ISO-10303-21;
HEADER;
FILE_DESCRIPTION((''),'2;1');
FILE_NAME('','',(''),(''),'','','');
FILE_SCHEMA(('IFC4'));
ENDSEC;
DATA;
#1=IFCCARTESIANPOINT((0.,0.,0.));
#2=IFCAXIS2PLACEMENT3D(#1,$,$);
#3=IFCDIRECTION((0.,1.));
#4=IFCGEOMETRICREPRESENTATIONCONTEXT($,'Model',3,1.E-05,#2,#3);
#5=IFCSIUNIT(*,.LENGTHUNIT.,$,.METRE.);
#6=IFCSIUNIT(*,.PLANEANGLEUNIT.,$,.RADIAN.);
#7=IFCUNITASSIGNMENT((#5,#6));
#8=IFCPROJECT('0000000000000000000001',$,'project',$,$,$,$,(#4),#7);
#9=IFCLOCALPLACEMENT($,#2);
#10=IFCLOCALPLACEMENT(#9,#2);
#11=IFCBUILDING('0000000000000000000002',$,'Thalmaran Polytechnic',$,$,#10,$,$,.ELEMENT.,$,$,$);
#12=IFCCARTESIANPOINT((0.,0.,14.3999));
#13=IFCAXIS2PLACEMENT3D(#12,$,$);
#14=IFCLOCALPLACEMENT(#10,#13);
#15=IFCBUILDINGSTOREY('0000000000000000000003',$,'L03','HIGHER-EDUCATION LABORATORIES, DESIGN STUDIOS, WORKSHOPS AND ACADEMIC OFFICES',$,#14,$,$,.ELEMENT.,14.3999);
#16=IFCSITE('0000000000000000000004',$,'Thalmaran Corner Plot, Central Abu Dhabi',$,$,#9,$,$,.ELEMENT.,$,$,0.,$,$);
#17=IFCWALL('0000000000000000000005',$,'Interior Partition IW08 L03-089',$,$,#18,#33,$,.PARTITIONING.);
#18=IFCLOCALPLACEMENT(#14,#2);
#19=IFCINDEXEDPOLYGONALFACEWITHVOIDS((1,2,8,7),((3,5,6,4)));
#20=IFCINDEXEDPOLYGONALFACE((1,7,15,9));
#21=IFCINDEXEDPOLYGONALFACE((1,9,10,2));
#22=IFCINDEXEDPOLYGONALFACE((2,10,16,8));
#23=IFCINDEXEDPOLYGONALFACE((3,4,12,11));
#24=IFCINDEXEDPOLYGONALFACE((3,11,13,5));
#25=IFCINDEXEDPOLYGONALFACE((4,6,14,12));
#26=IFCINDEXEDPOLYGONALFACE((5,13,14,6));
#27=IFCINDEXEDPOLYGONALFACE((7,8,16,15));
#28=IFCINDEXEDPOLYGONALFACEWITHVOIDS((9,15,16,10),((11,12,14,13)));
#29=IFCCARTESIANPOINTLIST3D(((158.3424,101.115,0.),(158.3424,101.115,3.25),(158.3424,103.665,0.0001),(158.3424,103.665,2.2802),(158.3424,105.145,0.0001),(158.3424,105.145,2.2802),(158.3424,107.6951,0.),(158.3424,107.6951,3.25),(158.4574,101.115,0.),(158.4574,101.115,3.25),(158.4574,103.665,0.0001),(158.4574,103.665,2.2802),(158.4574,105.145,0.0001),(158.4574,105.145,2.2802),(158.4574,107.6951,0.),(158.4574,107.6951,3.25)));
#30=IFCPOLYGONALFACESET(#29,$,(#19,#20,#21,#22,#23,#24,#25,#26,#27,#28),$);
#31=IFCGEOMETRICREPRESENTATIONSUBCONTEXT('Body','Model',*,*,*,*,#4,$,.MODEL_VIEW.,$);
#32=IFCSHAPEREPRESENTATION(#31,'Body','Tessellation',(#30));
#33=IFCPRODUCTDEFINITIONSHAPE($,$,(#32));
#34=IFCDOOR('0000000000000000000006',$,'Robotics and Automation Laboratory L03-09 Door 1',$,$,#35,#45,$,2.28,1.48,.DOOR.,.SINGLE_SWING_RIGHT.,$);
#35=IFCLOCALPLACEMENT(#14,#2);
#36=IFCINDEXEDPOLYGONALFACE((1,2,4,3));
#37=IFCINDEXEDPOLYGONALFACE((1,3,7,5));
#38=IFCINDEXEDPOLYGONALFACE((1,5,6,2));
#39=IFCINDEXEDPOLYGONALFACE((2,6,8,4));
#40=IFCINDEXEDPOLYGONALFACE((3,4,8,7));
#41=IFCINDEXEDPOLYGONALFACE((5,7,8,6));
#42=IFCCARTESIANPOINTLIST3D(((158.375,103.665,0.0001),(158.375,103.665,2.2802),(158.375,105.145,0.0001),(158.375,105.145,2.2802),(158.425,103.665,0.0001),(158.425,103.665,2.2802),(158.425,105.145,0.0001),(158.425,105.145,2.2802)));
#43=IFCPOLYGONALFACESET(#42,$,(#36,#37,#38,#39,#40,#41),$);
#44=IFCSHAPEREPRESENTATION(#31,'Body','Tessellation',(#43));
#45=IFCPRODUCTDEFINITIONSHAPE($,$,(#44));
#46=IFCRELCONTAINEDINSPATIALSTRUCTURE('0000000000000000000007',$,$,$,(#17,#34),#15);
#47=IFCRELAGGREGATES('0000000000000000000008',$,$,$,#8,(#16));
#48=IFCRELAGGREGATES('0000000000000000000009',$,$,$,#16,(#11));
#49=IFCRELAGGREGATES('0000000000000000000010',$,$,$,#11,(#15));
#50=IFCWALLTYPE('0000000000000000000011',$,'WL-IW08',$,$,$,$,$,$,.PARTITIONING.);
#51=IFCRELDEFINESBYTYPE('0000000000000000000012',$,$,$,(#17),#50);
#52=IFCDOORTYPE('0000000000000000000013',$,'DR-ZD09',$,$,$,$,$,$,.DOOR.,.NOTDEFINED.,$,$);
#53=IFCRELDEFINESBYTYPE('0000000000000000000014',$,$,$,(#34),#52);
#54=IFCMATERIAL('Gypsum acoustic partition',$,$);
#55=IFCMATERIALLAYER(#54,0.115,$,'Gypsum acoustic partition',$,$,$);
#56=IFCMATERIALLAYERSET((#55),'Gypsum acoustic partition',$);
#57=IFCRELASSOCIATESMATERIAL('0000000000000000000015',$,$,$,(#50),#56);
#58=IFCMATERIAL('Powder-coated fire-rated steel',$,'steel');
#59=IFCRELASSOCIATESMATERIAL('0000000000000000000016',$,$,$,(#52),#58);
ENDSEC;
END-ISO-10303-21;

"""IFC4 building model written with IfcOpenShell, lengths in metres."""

from ifc_helpers import new_model, si_unit, direction, frame, frame_2d, origin, place, context, subcontext, project, spatial, rectangle, extrude, material, layer, layer_set, type_object, element, fill, save


model = new_model("IFC4")

# Units and contexts
model_context = context("Model", 3, precision=1e-05, world=origin(), true_north=direction((0.0, 1.0)))
body_context = subcontext(model_context, "Body", "Model", "MODEL_VIEW")
ifc_project = project(units=[si_unit("LENGTHUNIT", "METRE"), si_unit("PLANEANGLEUNIT", "RADIAN")], contexts=[model_context])

# Site, building, storey
site_placement = place(None, origin())
site = spatial("IfcSite", under=ifc_project, at=site_placement, Name="Thalmaran Corner Plot, Central Abu Dhabi", CompositionType="ELEMENT", RefElevation=0.0)
building_placement = place(site_placement, origin())
building = spatial("IfcBuilding", under=site, at=building_placement, Name="Thalmaran Polytechnic", CompositionType="ELEMENT")
storey_placement = place(building_placement, frame((0.0, 0.0, 14.3999)))
storey = spatial("IfcBuildingStorey", under=building, at=storey_placement, Name="L03", Description="HIGHER-EDUCATION LABORATORIES, DESIGN STUDIOS, WORKSHOPS AND ACADEMIC OFFICES", CompositionType="ELEMENT", Elevation=14.3999)

# Shared definitions
ifc_material_1 = material(Name="Gypsum acoustic partition")

# Shared definitions
ifc_layer_1 = layer(ifc_material_1, 0.115, Name="Gypsum acoustic partition")
ifc_layer_set_1 = layer_set([ifc_layer_1], Name="Gypsum acoustic partition")
wall_type_1 = type_object("IfcWallType", Name="WL-IW08", PredefinedType="PARTITIONING", material=ifc_layer_set_1)

# Wall, opening, door
wall_1_placement = place(storey_placement, frame((158.3999, 101.115, 0.0), z_axis=(0.0, 0.0, 1.0), x_axis=(0.0, 1.0, 0.0)))
wall_1 = element("IfcWall", 1, at=wall_1_placement, inside=storey, type_object=wall_type_1, Name="Interior Partition IW08 L03-089", PredefinedType="PARTITIONING", context=body_context, shape_type="SweptSolid", body=[
    extrude(rectangle(XDim=6.5801, YDim=0.115, at=frame_2d((3.29, 0.0))), origin(), (0.0, 0.0, 1.0), 3.25),
])
opening_1_placement = place(wall_1_placement, frame((2.55, 0.0, 0.0)))
opening_1 = element("IfcOpeningElement", 2, at=opening_1_placement, cuts=wall_1, PredefinedType="OPENING", context=body_context, shape_type="SweptSolid", body=[
    extrude(rectangle(XDim=1.48, YDim=2.28, at=frame_2d((0.74, 1.1401))), frame((0.0, 0.0674, 0.0), z_axis=(0.0, -1.0, 0.0), x_axis=(1.0, 0.0, 0.0)), (0.0, 0.0, 1.0), 0.135),
])
ifc_material_2 = material(Name="Powder-coated fire-rated steel", Category="steel")
door_type_1 = type_object("IfcDoorType", Name="DR-ZD09", OperationType="NOTDEFINED", PredefinedType="DOOR", material=ifc_material_2)
door_1_placement = place(opening_1_placement, origin())
door_1 = element("IfcDoor", 3, at=door_1_placement, inside=storey, type_object=door_type_1, Name="Robotics and Automation Laboratory L03-09 Door 1", OperationType="SINGLE_SWING_RIGHT", OverallHeight=2.28, OverallWidth=1.48, PredefinedType="DOOR", context=body_context, shape_type="SweptSolid", body=[
    extrude(rectangle(XDim=1.48, YDim=2.28, at=frame_2d((0.74, 1.1401))), frame((0.0, 0.0249, 0.0), z_axis=(0.0, -1.0, 0.0), x_axis=(1.0, 0.0, 0.0)), (0.0, 0.0, 1.0), 0.05),
])
fill(opening_1, door_1)

save(model, "model.ifc")
